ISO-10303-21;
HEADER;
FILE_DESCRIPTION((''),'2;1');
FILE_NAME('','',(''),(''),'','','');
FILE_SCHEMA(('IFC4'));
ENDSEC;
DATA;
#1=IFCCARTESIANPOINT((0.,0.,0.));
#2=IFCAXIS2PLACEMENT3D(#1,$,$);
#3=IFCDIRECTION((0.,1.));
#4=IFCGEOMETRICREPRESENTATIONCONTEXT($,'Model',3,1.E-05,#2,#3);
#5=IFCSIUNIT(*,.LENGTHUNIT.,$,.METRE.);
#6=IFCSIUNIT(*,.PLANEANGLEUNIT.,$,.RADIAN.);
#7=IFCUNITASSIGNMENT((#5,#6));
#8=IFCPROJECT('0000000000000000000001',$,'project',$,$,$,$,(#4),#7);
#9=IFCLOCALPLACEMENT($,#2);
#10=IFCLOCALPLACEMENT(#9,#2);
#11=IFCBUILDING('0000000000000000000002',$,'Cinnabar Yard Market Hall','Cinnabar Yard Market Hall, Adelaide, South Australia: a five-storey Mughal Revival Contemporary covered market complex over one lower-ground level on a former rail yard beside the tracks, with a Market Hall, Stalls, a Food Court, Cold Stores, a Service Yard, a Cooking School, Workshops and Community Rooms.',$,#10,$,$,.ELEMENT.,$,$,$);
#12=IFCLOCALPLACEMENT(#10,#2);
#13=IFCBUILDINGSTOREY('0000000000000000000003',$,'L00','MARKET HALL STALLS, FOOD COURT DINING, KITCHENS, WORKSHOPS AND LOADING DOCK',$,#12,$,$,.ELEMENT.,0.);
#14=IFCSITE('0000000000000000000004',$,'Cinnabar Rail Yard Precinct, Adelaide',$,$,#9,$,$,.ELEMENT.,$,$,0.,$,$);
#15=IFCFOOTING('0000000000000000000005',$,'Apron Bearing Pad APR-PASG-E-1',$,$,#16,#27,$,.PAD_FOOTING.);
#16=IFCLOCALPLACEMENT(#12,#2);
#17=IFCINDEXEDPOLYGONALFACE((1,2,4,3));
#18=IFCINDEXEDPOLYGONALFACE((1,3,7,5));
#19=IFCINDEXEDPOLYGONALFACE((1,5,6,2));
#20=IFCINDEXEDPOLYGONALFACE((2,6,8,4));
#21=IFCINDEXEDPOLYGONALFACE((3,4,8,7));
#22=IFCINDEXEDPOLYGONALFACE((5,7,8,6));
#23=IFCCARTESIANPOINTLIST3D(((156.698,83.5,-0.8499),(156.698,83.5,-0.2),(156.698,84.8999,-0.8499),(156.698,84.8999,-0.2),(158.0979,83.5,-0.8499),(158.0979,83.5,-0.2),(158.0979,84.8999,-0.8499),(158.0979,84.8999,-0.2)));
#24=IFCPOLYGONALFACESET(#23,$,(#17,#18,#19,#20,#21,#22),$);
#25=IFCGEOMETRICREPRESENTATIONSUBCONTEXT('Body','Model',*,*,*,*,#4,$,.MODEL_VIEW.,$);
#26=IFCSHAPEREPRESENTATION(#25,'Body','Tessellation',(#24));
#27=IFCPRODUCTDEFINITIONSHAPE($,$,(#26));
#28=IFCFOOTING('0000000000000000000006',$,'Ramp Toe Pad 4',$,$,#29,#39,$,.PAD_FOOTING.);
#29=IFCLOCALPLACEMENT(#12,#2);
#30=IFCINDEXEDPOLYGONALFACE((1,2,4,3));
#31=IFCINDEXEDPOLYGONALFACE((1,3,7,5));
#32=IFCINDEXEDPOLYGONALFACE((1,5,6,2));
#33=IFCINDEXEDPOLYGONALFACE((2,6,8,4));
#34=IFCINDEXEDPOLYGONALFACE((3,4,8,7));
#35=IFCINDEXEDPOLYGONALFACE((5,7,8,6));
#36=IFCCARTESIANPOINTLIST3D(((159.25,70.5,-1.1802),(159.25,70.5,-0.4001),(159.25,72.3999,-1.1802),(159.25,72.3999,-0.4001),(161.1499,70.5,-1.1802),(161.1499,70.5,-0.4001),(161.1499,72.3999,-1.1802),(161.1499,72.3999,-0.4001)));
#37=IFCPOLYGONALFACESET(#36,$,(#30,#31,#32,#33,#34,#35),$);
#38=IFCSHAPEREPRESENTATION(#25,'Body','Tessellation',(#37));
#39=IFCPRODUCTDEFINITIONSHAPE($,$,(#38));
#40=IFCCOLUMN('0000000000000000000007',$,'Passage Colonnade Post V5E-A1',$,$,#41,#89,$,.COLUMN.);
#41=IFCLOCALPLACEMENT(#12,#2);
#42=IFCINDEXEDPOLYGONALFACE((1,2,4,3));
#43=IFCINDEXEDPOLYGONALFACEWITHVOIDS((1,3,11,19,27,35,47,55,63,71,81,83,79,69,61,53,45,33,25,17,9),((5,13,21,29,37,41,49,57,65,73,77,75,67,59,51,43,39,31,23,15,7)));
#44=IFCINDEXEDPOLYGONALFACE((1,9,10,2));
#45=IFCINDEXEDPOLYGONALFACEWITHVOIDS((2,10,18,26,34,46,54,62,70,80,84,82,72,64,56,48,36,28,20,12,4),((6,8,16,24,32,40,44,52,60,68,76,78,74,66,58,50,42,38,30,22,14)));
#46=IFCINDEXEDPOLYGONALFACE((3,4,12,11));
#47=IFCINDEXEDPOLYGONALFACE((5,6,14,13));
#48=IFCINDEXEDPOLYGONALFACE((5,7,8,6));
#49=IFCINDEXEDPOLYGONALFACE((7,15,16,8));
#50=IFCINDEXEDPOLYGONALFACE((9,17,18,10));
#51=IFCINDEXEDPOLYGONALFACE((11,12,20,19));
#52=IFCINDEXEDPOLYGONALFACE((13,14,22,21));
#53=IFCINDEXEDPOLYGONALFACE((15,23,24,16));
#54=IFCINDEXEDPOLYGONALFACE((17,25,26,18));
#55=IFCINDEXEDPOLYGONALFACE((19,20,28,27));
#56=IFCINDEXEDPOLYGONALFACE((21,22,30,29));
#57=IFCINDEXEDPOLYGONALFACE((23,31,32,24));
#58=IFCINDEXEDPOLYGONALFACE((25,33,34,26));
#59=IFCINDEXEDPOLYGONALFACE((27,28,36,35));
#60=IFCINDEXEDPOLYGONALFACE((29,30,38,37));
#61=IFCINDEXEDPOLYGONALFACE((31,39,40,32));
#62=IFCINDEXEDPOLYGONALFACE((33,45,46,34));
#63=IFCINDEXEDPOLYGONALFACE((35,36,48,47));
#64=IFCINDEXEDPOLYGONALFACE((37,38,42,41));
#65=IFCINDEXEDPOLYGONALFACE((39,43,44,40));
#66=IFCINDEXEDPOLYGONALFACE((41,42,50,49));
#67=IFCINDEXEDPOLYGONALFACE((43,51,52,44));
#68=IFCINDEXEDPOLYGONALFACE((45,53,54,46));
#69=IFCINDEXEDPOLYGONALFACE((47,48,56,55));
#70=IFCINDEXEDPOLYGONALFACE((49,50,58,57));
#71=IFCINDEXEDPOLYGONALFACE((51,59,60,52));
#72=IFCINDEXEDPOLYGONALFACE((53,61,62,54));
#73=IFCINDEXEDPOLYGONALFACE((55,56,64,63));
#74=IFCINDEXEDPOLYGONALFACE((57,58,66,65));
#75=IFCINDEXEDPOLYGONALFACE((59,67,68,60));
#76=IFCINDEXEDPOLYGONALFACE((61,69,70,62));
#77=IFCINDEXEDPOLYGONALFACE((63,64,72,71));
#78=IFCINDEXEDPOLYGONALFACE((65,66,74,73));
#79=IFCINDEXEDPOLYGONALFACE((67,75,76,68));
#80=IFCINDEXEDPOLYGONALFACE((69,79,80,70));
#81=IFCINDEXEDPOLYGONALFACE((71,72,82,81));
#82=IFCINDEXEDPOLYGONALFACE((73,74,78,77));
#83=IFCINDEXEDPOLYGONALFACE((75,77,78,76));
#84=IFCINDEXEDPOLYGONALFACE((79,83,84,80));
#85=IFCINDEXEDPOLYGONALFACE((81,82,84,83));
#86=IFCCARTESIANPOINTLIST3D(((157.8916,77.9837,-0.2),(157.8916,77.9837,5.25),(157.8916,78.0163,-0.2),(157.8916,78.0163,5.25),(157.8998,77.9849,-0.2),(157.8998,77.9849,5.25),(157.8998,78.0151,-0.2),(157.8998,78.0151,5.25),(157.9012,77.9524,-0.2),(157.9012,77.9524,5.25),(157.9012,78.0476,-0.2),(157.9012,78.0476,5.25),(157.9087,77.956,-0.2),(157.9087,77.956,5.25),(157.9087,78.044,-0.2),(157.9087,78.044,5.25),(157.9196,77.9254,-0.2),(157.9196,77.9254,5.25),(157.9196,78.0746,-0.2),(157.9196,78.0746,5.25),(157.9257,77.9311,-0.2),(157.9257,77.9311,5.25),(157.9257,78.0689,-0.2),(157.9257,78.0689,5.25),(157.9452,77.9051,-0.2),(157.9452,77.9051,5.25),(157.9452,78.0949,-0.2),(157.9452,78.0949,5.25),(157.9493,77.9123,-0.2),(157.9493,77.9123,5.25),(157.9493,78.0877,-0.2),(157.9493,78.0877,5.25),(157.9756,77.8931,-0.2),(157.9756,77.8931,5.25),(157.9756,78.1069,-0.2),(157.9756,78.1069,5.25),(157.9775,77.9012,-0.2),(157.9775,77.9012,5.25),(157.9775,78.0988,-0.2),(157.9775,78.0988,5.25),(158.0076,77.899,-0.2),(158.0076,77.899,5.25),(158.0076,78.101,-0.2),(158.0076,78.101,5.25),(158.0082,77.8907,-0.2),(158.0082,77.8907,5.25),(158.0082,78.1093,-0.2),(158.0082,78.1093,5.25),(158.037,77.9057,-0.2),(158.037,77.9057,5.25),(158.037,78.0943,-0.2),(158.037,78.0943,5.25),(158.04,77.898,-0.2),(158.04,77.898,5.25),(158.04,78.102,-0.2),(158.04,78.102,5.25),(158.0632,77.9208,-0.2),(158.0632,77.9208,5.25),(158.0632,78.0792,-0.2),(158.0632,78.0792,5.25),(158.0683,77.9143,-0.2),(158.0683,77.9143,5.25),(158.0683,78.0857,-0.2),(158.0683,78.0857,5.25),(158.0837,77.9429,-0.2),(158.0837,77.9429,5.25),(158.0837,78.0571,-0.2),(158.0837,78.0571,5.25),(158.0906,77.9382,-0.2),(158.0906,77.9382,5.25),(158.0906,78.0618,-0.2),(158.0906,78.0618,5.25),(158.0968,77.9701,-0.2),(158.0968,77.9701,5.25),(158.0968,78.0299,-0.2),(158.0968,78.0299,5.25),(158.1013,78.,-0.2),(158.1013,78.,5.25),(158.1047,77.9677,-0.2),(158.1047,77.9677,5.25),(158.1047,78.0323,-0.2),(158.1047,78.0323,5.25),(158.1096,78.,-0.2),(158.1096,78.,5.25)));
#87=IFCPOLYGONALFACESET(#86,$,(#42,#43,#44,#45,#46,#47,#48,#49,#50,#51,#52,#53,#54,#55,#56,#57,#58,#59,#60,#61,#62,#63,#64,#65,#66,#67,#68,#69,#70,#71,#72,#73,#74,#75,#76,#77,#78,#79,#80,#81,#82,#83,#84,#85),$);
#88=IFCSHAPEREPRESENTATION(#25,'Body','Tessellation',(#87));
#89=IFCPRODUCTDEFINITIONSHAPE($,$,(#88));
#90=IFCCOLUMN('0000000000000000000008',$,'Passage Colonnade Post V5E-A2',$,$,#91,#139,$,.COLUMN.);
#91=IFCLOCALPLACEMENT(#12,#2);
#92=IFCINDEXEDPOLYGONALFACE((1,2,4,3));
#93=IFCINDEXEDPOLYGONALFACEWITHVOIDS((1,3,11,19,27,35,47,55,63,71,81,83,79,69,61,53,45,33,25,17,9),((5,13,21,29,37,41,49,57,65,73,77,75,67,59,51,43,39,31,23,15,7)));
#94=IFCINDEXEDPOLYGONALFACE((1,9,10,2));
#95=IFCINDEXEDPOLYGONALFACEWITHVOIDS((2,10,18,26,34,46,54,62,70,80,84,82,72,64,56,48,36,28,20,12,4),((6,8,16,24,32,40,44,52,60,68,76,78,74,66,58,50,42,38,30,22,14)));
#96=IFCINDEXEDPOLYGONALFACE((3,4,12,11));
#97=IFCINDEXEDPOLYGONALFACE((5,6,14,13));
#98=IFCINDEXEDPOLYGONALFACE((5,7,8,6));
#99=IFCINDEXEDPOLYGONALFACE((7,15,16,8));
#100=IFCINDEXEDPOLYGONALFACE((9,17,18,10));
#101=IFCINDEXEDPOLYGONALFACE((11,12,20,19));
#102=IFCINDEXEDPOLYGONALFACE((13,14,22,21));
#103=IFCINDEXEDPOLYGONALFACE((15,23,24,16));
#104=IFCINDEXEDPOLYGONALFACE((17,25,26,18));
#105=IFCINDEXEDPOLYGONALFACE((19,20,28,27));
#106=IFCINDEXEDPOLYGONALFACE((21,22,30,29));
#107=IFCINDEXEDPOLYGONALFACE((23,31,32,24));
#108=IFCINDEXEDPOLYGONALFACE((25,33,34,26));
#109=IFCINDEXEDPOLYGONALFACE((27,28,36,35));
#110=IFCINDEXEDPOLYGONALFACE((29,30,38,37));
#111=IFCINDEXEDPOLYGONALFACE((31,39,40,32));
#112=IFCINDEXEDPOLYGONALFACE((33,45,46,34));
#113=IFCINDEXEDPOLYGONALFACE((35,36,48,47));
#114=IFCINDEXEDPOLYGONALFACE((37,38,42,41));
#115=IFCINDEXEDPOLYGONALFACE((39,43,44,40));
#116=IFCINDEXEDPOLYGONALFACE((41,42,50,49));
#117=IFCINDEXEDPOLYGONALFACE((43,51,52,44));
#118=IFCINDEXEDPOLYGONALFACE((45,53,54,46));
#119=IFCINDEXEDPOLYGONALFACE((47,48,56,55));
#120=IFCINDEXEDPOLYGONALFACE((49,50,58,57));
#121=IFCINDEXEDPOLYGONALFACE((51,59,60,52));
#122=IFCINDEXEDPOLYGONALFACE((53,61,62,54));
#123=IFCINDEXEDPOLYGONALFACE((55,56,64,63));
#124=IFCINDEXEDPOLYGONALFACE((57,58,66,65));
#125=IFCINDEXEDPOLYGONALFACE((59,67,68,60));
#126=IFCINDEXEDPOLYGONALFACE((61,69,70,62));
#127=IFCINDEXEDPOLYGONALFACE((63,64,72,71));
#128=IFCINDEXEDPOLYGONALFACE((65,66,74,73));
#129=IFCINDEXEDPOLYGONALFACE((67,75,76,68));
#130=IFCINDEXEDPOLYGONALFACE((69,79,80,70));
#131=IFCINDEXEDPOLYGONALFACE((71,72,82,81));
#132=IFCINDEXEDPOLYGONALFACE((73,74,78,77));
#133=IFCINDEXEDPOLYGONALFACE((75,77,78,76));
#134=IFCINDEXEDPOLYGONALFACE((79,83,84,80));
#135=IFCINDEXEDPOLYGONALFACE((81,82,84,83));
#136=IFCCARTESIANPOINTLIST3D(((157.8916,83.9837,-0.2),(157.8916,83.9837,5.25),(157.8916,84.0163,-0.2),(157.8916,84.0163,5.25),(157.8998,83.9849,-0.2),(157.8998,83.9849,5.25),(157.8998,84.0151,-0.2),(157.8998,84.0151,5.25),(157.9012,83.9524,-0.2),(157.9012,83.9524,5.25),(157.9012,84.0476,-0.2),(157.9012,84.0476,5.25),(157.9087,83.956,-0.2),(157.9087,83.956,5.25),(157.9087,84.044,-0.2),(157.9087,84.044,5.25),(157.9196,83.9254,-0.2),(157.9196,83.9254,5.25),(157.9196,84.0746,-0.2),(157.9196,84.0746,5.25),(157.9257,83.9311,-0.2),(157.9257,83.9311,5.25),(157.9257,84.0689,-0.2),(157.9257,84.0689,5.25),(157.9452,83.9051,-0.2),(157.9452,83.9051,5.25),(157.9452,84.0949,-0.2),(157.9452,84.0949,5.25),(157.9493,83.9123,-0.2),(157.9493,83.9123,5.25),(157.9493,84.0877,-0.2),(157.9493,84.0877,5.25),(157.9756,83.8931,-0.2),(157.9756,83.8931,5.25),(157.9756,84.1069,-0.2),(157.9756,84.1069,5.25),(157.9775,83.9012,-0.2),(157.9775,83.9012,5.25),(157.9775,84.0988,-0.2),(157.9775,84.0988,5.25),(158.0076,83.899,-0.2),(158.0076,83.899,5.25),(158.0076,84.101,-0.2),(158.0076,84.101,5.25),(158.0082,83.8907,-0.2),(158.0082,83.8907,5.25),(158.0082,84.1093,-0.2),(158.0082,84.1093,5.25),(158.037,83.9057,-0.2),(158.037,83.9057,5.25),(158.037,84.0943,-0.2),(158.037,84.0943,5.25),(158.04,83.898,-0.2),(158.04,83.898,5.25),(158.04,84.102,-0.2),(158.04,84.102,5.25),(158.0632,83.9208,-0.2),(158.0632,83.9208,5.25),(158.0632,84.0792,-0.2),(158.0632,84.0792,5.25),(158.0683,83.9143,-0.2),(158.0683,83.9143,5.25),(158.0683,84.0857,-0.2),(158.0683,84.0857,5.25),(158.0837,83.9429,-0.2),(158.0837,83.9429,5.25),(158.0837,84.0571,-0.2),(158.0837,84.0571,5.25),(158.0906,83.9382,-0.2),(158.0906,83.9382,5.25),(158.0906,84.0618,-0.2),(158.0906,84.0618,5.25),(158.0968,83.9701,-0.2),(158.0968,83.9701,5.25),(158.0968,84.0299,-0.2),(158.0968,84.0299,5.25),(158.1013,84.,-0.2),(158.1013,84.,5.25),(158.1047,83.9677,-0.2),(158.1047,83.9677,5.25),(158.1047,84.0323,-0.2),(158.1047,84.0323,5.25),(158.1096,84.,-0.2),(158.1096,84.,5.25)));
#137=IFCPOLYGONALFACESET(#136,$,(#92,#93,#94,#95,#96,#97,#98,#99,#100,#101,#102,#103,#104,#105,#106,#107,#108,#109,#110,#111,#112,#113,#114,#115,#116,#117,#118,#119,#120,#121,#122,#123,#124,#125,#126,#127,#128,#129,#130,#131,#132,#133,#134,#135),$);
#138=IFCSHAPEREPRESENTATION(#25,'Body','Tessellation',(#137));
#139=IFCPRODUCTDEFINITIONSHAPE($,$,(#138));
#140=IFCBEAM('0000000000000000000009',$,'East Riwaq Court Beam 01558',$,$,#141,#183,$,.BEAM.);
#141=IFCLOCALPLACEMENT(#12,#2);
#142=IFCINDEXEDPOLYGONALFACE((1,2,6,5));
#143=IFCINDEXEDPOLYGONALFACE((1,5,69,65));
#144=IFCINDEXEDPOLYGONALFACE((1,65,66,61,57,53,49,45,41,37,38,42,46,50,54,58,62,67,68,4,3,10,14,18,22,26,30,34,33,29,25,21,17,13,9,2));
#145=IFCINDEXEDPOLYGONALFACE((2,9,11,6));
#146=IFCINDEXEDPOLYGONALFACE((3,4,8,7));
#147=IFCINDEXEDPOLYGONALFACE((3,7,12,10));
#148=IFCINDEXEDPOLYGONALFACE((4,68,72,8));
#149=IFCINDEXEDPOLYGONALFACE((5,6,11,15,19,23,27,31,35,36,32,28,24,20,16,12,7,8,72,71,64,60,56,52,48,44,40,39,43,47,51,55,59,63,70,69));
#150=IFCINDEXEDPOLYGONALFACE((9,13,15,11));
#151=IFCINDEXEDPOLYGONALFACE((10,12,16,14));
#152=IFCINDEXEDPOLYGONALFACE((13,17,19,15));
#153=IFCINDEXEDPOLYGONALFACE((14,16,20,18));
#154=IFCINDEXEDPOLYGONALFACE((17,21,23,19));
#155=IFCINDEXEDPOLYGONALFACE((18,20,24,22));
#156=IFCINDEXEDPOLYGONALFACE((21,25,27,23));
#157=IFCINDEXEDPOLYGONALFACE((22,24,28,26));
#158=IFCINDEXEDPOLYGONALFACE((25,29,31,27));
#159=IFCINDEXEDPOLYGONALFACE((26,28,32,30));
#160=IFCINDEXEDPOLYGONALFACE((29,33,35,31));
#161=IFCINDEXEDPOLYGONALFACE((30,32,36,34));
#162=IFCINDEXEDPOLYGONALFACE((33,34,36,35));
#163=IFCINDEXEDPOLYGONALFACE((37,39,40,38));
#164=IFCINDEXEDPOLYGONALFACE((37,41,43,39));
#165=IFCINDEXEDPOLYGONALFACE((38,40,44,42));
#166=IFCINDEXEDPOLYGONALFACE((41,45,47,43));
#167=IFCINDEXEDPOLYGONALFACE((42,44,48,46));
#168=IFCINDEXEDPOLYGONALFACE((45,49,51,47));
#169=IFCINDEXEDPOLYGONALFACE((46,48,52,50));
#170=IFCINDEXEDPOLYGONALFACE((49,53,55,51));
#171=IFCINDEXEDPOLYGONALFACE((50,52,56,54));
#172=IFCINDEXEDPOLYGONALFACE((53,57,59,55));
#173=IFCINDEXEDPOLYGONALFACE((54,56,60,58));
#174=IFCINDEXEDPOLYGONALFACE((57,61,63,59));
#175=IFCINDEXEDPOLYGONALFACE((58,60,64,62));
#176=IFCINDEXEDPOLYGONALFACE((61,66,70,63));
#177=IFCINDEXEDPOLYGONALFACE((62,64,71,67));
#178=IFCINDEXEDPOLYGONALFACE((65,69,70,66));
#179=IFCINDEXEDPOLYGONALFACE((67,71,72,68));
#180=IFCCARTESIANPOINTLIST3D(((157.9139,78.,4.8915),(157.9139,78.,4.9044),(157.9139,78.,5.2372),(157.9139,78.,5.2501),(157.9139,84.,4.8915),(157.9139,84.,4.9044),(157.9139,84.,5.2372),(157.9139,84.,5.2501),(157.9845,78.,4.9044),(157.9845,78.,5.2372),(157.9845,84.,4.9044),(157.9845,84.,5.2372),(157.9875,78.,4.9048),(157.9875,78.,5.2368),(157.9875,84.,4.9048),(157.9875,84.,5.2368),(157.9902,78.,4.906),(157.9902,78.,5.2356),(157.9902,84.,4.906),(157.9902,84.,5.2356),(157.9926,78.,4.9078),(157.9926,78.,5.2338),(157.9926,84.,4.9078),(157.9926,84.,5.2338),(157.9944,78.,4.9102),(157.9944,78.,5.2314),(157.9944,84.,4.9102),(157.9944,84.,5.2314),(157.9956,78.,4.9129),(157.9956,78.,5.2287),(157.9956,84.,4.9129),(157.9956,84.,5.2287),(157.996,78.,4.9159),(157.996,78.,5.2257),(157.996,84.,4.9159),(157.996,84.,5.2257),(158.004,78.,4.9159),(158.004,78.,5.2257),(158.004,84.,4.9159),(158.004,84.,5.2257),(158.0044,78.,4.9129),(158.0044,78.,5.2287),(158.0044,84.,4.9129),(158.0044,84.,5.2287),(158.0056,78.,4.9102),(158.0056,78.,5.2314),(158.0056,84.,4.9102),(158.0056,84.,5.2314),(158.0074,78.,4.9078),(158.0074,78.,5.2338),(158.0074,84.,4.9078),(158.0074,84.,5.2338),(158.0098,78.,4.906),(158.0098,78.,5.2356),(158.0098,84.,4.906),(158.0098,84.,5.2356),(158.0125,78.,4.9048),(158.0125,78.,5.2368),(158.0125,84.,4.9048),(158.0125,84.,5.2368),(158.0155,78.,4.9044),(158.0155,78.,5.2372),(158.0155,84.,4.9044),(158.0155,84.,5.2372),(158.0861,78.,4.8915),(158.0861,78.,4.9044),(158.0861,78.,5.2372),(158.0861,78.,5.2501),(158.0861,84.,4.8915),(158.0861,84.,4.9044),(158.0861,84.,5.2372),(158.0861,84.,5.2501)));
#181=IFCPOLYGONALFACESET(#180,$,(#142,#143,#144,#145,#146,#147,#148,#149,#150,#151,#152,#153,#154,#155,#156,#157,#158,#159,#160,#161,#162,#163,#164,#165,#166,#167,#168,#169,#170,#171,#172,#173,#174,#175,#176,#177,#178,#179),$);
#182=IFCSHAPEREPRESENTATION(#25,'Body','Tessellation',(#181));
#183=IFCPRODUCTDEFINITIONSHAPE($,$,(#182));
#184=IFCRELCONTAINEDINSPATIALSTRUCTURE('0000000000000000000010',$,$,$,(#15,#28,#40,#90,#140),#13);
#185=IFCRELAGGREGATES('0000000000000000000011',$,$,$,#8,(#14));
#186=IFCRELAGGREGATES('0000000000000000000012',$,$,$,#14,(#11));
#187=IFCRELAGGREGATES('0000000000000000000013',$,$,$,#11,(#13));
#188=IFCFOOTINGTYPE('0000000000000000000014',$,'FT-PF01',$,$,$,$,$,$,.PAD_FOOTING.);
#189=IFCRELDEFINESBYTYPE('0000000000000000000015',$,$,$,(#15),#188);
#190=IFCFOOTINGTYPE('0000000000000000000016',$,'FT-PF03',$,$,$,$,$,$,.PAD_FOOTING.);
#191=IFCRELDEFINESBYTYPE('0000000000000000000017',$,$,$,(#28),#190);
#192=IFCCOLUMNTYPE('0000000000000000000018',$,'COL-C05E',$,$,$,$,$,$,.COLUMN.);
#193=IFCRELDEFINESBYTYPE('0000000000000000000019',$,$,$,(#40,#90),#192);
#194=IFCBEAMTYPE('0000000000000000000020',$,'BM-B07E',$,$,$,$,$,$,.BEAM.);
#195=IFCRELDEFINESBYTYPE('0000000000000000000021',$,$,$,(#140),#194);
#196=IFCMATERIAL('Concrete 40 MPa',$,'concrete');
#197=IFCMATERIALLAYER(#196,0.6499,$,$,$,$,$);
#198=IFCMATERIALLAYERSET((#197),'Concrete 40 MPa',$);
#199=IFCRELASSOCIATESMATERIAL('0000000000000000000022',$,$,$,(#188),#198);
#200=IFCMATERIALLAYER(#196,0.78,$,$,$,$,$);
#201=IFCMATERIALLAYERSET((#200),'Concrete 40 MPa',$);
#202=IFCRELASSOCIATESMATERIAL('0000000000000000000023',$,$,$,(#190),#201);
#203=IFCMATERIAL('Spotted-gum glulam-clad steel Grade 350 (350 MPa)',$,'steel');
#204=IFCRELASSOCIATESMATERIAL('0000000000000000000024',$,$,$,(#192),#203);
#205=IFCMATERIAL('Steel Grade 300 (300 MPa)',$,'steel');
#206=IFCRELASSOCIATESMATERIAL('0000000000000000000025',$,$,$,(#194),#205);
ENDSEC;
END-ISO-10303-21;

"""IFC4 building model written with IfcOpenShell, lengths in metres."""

from ifc_helpers import new_model, si_unit, direction, frame, origin, origin_2d_with_axis, place, context, subcontext, project, spatial, rectangle, hollow_circle, i_section, extrude, material, layer, layer_set, material_profile, profile_set, type_object, element, save


model = new_model("IFC4")

# Units and contexts
model_context = context("Model", 3, precision=1e-05, world=origin(), true_north=direction((0.0, 1.0)))
body_context = subcontext(model_context, "Body", "Model", "MODEL_VIEW")
ifc_project = project(units=[si_unit("LENGTHUNIT", "METRE"), si_unit("PLANEANGLEUNIT", "RADIAN")], contexts=[model_context])

# Site, building, storey
site_placement = place(None, origin())
site = spatial("IfcSite", under=ifc_project, at=site_placement, Name="Cinnabar Rail Yard Precinct, Adelaide", CompositionType="ELEMENT", RefElevation=0.0)
building_placement = place(site_placement, origin())
building = spatial("IfcBuilding", under=site, at=building_placement, Name="Cinnabar Yard Market Hall", Description="Cinnabar Yard Market Hall, Adelaide, South Australia: a five-storey Mughal Revival Contemporary covered market complex over one lower-ground level on a former rail yard beside the tracks, with a Market Hall, Stalls, a Food Court, Cold Stores, a Service Yard, a Cooking School, Workshops and Community Rooms.", CompositionType="ELEMENT")
storey_placement = place(building_placement, origin())
storey = spatial("IfcBuildingStorey", under=building, at=storey_placement, Name="L00", Description="MARKET HALL STALLS, FOOD COURT DINING, KITCHENS, WORKSHOPS AND LOADING DOCK", CompositionType="ELEMENT", Elevation=0.0)

# Footings
ifc_material_1 = material(Name="Concrete 40 MPa", Category="concrete")
ifc_layer_1 = layer(ifc_material_1, 0.6499)
ifc_layer_set_1 = layer_set([ifc_layer_1], Name="Concrete 40 MPa")
footing_type_1 = type_object("IfcFootingType", Name="FT-PF01", PredefinedType="PAD_FOOTING", material=ifc_layer_set_1)
footing_1_placement = place(storey_placement, frame((157.3979, 84.2, -0.8499), z_axis=(0.0, 0.0, 1.0), x_axis=(1.0, 0.0, 0.0)))
element("IfcFooting", 1, at=footing_1_placement, inside=storey, type_object=footing_type_1, Name="Apron Bearing Pad APR-PASG-E-1", PredefinedType="PAD_FOOTING", context=body_context, shape_type="SweptSolid", body=[
    extrude(rectangle(XDim=1.3999, YDim=1.3999, at=origin_2d_with_axis()), origin(), (0.0, 0.0, 1.0), 0.6499),
])
ifc_layer_2 = layer(ifc_material_1, 0.78)
ifc_layer_set_2 = layer_set([ifc_layer_2], Name="Concrete 40 MPa")
footing_type_2 = type_object("IfcFootingType", Name="FT-PF03", PredefinedType="PAD_FOOTING", material=ifc_layer_set_2)
footing_2_placement = place(storey_placement, frame((160.2, 71.45, -1.1802), z_axis=(0.0, 0.0, 1.0), x_axis=(1.0, 0.0, 0.0)))
element("IfcFooting", 2, at=footing_2_placement, inside=storey, type_object=footing_type_2, Name="Ramp Toe Pad 4", PredefinedType="PAD_FOOTING", context=body_context, shape_type="SweptSolid", body=[
    extrude(rectangle(XDim=1.8999, YDim=1.8999, at=origin_2d_with_axis()), origin(), (0.0, 0.0, 1.0), 0.78),
])

# Columns
ifc_material_2 = material(Name="Spotted-gum glulam-clad steel Grade 350 (350 MPa)", Category="steel")
ifc_material_profile_1 = material_profile(ifc_material_2, hollow_circle(Radius=0.1096, WallThickness=0.0083, at=origin_2d_with_axis()), Name="219.1x8.2CHS")
ifc_profile_set_1 = profile_set([ifc_material_profile_1], Name="Spotted-gum glulam-clad steel Grade 350 (350 MPa)")
column_type = type_object("IfcColumnType", Name="COL-C05E", PredefinedType="COLUMN", material=ifc_profile_set_1)
for number, where, z_axis, x_axis, name in (
    (3, (158.0, 78.0, -0.2), (0.0, 0.0, 1.0), (1.0, 0.0, 0.0), "Passage Colonnade Post V5E-A1"),
    (4, (158.0, 84.0, -0.2), (0.0, 0.0, 1.0), (1.0, 0.0, 0.0), "Passage Colonnade Post V5E-A2"),
):
    element("IfcColumn", number, at=place(storey_placement, frame(where, z_axis=z_axis, x_axis=x_axis)), inside=storey, type_object=column_type, Name=name, PredefinedType="COLUMN", context=body_context, shape_type="SweptSolid", body=[
        extrude(hollow_circle(Radius=0.1096, WallThickness=0.0083, at=origin_2d_with_axis()), origin(), (0.0, 0.0, 1.0), 5.45),
    ])

# Beam
ifc_material_3 = material(Name="Steel Grade 300 (300 MPa)", Category="steel")
ifc_material_profile_2 = material_profile(ifc_material_3, i_section(OverallWidth=0.1721, OverallDepth=0.3586, WebThickness=0.0081, FlangeThickness=0.0129, FilletRadius=0.0115, at=origin_2d_with_axis()), Name="360UB56.7")
ifc_profile_set_2 = profile_set([ifc_material_profile_2], Name="Steel Grade 300 (300 MPa)")
beam_type_1 = type_object("IfcBeamType", Name="BM-B07E", PredefinedType="BEAM", material=ifc_profile_set_2)
for number, where, z_axis, x_axis, name in (
    (5, (158.0, 78.0, 5.0708), (0.0, 1.0, 0.0), (-1.0, 0.0, 0.0), "East Riwaq Court Beam 01558"),
):
    element("IfcBeam", number, at=place(storey_placement, frame(where, z_axis=z_axis, x_axis=x_axis)), inside=storey, type_object=beam_type_1, Name=name, PredefinedType="BEAM", context=body_context, shape_type="SweptSolid", body=[
        extrude(i_section(OverallWidth=0.1721, OverallDepth=0.3586, WebThickness=0.0081, FlangeThickness=0.0129, FilletRadius=0.0115, at=origin_2d_with_axis()), origin(), (0.0, 0.0, 1.0), 6.0),
    ])

save(model, "model.ifc")
